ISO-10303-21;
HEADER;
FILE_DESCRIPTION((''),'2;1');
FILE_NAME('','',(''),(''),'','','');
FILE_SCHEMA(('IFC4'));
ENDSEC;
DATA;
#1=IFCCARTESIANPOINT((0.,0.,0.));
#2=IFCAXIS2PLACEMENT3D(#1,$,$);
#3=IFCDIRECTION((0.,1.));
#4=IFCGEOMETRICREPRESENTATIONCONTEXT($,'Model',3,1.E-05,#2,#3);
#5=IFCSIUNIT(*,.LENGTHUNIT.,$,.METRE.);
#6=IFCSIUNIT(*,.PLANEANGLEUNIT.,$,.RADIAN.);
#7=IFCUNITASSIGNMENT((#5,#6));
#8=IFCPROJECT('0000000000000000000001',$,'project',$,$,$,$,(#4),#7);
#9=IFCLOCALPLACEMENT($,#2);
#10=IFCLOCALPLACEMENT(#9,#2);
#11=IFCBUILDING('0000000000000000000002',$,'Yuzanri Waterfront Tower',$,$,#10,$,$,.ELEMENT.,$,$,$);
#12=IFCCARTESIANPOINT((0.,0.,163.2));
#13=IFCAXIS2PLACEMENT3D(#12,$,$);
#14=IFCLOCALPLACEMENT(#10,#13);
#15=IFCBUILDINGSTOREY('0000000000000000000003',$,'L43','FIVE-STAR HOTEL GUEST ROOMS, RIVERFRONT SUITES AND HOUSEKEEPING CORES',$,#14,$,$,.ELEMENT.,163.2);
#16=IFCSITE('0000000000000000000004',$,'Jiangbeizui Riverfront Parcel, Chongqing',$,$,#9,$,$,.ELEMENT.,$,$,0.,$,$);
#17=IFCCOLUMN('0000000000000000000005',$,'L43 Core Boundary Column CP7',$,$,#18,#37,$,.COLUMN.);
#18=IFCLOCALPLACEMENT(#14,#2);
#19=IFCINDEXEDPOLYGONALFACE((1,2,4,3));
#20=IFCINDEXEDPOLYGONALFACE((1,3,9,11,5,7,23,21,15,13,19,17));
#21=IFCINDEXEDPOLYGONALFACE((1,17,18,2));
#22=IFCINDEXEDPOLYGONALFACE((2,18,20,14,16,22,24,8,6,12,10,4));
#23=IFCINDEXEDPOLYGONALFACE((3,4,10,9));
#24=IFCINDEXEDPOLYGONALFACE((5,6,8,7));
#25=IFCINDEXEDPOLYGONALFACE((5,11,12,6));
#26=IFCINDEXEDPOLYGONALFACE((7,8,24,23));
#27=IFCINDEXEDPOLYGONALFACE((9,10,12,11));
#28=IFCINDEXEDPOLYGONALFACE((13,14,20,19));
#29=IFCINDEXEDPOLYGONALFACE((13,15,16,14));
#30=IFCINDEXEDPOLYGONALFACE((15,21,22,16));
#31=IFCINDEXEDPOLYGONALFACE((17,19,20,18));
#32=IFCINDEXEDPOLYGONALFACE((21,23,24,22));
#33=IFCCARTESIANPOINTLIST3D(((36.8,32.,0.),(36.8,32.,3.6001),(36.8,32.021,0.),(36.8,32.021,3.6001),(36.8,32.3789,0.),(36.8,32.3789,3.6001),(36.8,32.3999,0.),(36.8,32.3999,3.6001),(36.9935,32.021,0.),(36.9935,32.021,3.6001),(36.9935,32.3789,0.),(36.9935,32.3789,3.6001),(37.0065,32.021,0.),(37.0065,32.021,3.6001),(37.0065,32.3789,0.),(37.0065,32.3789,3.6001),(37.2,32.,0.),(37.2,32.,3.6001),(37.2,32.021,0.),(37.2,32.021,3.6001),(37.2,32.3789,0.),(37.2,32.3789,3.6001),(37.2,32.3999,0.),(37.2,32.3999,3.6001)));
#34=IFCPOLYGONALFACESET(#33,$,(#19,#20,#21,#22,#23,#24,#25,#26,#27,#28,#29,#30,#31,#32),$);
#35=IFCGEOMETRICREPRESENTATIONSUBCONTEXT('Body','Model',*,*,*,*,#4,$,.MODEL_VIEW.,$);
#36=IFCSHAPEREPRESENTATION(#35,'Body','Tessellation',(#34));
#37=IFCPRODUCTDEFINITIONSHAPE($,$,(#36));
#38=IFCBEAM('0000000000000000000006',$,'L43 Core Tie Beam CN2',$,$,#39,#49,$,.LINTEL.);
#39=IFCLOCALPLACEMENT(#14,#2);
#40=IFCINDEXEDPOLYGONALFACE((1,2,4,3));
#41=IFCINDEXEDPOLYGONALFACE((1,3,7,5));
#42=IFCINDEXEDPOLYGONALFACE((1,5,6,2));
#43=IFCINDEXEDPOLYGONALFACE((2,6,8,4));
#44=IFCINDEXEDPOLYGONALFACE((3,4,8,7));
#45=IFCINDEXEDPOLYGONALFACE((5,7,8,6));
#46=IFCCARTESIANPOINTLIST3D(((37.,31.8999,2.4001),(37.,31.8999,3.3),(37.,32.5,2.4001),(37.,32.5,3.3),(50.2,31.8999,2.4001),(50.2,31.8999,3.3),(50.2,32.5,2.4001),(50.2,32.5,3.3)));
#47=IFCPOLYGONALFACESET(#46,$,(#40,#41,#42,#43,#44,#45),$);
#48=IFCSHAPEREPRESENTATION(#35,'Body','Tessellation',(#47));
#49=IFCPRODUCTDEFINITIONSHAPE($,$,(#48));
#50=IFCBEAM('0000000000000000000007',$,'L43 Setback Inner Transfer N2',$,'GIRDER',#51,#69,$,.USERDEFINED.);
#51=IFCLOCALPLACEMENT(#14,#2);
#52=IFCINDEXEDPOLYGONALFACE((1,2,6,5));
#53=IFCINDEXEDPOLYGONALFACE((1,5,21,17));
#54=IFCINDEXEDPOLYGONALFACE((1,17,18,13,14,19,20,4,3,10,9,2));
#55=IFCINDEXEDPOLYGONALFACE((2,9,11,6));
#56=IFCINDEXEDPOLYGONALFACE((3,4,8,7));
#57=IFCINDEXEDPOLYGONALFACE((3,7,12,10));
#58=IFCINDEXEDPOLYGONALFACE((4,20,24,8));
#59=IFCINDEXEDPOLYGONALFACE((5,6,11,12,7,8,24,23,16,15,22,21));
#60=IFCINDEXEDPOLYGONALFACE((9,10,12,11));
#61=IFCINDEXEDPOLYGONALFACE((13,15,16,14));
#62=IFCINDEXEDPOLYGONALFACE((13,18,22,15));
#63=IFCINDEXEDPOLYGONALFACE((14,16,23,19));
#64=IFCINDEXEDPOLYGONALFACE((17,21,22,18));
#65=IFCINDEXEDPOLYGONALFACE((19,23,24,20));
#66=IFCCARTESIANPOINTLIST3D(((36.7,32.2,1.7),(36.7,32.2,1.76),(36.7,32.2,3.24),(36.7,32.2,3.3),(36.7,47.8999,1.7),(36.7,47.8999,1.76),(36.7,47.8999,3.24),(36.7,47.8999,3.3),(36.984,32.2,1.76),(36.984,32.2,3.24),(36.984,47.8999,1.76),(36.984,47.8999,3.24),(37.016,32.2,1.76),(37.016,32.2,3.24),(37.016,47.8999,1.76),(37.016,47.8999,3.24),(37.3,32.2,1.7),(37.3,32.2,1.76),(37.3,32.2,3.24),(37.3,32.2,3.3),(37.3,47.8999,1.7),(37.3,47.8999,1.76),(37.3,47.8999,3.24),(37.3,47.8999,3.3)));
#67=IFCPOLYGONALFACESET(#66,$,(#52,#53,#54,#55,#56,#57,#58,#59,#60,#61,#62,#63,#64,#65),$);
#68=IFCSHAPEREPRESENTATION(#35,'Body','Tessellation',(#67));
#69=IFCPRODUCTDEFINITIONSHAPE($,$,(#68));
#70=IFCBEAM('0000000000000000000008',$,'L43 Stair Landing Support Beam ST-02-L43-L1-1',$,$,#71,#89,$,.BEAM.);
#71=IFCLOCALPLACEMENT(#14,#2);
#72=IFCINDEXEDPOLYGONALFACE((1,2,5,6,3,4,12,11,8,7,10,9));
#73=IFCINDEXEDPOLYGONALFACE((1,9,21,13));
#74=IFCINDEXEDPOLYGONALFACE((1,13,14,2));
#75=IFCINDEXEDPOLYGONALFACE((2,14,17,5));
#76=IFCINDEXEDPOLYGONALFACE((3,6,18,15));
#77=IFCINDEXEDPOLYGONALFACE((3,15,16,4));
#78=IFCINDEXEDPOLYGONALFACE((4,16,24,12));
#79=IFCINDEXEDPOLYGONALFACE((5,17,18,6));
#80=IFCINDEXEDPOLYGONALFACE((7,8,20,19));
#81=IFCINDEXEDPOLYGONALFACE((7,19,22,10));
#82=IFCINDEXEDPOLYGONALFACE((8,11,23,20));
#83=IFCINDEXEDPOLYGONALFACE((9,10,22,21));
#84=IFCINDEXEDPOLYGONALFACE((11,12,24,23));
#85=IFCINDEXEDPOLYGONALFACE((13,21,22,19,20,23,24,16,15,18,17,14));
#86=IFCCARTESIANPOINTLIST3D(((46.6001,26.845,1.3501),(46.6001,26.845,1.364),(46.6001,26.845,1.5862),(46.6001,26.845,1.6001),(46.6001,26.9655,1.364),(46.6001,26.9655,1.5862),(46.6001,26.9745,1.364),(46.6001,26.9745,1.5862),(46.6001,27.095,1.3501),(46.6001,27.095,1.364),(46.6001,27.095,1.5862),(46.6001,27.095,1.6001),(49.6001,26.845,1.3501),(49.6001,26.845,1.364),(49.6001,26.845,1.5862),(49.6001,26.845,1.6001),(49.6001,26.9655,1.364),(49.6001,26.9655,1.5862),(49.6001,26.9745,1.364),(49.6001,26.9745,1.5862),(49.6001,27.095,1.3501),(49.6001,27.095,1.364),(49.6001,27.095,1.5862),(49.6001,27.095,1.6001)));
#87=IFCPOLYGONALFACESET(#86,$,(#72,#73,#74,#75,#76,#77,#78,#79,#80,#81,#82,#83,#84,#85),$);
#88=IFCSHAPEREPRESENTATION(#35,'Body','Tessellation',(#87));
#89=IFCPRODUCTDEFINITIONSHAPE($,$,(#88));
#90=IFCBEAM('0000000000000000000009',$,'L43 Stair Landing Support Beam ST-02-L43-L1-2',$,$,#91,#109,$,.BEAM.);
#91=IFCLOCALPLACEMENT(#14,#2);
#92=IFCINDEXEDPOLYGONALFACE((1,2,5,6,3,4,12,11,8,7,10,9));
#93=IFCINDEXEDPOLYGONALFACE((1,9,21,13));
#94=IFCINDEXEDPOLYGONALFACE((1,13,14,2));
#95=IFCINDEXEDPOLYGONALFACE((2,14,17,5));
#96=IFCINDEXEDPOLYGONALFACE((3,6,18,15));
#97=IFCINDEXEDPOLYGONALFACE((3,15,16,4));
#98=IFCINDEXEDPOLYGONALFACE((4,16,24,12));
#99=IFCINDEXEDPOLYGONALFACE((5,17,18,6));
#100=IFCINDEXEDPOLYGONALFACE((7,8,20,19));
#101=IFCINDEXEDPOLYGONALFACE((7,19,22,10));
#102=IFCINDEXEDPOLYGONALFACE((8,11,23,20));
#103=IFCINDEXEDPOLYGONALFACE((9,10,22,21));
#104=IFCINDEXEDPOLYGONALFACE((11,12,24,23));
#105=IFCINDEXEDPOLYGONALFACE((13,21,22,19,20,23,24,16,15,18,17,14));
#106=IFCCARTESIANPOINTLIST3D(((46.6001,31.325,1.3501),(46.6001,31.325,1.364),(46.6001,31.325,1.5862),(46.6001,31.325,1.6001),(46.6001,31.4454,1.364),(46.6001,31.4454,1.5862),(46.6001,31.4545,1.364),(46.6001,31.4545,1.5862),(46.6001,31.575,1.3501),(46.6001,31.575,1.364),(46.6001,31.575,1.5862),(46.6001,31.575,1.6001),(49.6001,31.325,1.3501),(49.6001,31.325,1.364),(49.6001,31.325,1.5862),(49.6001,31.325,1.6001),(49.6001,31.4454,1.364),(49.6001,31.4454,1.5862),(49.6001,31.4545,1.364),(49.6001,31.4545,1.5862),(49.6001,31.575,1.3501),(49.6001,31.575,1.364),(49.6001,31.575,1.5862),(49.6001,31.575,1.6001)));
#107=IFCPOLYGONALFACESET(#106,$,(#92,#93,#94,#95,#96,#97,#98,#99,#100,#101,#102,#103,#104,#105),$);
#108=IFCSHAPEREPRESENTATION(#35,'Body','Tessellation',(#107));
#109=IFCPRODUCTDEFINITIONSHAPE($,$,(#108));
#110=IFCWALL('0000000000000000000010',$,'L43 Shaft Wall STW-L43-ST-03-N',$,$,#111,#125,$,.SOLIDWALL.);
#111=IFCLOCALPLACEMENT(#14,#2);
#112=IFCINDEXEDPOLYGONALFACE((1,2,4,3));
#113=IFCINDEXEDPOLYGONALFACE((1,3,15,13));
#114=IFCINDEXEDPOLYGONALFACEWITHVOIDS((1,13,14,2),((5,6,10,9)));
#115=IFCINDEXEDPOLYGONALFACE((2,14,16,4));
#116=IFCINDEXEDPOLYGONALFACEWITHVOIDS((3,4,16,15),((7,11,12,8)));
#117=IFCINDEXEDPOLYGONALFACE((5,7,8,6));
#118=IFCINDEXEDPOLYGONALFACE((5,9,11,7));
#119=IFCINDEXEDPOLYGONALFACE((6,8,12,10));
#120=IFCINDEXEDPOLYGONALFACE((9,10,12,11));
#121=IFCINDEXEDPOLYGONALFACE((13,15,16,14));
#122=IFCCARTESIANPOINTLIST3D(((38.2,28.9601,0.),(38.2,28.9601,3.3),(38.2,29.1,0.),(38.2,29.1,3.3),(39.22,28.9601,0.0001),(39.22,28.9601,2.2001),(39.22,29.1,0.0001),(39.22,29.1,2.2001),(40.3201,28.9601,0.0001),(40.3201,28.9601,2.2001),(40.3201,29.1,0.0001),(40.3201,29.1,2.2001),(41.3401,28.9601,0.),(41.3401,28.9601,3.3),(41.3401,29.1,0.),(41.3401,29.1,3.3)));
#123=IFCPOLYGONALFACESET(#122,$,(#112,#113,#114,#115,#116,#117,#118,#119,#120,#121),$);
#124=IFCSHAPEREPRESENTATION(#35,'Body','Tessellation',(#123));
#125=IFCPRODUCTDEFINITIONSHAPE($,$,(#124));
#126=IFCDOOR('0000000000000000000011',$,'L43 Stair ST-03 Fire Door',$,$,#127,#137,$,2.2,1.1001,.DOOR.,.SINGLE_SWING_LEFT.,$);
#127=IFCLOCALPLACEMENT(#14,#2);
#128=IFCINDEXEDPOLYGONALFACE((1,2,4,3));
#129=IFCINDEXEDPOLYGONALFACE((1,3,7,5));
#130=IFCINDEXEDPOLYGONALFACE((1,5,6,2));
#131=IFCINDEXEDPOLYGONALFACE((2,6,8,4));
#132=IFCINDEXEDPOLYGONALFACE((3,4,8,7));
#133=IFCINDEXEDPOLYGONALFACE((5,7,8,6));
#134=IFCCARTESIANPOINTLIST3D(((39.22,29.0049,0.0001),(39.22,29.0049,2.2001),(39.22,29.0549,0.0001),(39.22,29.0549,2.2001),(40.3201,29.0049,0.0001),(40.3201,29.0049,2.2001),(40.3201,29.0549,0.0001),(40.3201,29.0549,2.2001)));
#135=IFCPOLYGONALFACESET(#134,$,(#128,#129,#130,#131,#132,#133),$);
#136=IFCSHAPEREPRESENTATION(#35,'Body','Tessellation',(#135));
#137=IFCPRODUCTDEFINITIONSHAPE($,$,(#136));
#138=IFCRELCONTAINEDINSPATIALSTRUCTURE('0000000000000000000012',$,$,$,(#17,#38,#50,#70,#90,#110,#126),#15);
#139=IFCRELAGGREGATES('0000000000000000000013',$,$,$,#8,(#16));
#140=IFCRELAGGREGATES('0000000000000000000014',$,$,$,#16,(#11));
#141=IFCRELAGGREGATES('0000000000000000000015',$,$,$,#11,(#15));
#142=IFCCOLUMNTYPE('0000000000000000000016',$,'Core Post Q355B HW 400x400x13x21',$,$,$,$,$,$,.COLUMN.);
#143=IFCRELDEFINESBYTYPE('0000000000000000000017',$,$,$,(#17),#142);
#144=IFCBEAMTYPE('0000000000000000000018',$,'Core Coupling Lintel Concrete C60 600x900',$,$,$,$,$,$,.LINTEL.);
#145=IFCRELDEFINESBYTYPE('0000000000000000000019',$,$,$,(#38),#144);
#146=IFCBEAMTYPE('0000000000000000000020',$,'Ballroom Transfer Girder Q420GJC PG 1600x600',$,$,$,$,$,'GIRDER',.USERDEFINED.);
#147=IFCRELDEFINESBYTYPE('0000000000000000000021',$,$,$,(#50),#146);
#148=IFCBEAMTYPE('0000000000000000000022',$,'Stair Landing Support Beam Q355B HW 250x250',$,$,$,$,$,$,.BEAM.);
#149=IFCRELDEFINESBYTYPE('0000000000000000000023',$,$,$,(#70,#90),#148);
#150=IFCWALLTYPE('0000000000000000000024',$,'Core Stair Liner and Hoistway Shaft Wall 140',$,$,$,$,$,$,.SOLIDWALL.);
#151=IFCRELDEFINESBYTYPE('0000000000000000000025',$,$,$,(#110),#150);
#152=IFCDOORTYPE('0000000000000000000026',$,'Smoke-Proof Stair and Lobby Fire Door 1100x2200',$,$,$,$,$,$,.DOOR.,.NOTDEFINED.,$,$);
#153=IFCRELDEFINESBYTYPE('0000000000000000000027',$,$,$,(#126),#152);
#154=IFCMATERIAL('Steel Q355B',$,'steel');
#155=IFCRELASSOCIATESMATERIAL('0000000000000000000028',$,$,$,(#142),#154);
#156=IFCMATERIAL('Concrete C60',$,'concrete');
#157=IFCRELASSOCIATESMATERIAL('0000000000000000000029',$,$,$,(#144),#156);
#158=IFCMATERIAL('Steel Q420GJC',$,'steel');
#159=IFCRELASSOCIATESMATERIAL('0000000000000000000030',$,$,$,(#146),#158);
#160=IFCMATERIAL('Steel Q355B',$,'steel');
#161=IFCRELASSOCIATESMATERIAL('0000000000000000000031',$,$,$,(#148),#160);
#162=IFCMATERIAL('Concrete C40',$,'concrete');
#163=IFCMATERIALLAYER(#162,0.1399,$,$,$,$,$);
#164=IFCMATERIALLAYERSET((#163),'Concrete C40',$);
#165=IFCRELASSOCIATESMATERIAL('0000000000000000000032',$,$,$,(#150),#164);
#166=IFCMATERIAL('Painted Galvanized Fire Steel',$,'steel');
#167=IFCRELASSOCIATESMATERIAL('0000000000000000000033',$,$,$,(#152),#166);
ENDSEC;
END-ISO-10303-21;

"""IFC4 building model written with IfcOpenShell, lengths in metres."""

from ifc_helpers import new_model, si_unit, direction, frame, frame_2d, origin, origin_2d, place, context, subcontext, project, spatial, rectangle, i_section, extrude, source, transform, mapped, material, layer, layer_set, material_profile, profile_set, type_object, element, fill, save


model = new_model("IFC4")

# Units and contexts
model_context = context("Model", 3, precision=1e-05, world=origin(), true_north=direction((0.0, 1.0)))
body_context = subcontext(model_context, "Body", "Model", "MODEL_VIEW")
ifc_project = project(units=[si_unit("LENGTHUNIT", "METRE"), si_unit("PLANEANGLEUNIT", "RADIAN")], contexts=[model_context])

# Site, building, storey
site_placement = place(None, origin())
site = spatial("IfcSite", under=ifc_project, at=site_placement, Name="Jiangbeizui Riverfront Parcel, Chongqing", CompositionType="ELEMENT", RefElevation=0.0)
building_placement = place(site_placement, origin())
building = spatial("IfcBuilding", under=site, at=building_placement, Name="Yuzanri Waterfront Tower", CompositionType="ELEMENT")
storey_placement = place(building_placement, frame((0.0, 0.0, 163.2)))
storey = spatial("IfcBuildingStorey", under=building, at=storey_placement, Name="L43", Description="FIVE-STAR HOTEL GUEST ROOMS, RIVERFRONT SUITES AND HOUSEKEEPING CORES", CompositionType="ELEMENT", Elevation=163.2)

# Column
ifc_material_1 = material(Name="Steel Q355B", Category="steel")
ifc_material_profile_1 = material_profile(ifc_material_1, i_section(OverallWidth=0.3999, OverallDepth=0.3999, WebThickness=0.0129, FlangeThickness=0.021, at=origin_2d()), Name="HW 400x400x13x21")
ifc_profile_set_1 = profile_set([ifc_material_profile_1], Name="Steel Q355B")
column_type = type_object("IfcColumnType", Name="Core Post Q355B HW 400x400x13x21", PredefinedType="COLUMN", material=ifc_profile_set_1)
shared_shape_1 = source(origin(), body_context, "Body", "SweptSolid", [
    extrude(i_section(OverallWidth=0.3999, OverallDepth=0.3999, WebThickness=0.0129, FlangeThickness=0.021, at=origin_2d()), origin(), (0.0, 0.0, 1.0), 3.6001),
])
column_placement = place(storey_placement, frame((37.0, 32.2, 0.0), z_axis=(0.0, 0.0, 1.0), x_axis=(1.0, 0.0, 0.0)))
element("IfcColumn", 1, at=column_placement, inside=storey, type_object=column_type, Name="L43 Core Boundary Column CP7", PredefinedType="COLUMN", context=body_context, shape_type="MappedRepresentation", body=[
    mapped(shared_shape_1, transform((0.0, 0.0, 0.0), scale=1.0)),
])

# Beams
ifc_material_2 = material(Name="Concrete C60", Category="concrete")
ifc_material_profile_2 = material_profile(ifc_material_2, rectangle(XDim=0.6001, YDim=0.8999, at=origin_2d()), Name="RC 600x900")
ifc_profile_set_2 = profile_set([ifc_material_profile_2], Name="Concrete C60")
beam_type_1 = type_object("IfcBeamType", Name="Core Coupling Lintel Concrete C60 600x900", PredefinedType="LINTEL", material=ifc_profile_set_2)
shared_shape_2 = source(origin(), body_context, "Body", "SweptSolid", [
    extrude(rectangle(XDim=0.6001, YDim=0.8999, at=origin_2d()), origin(), (0.0, 0.0, 1.0), 13.2),
])
beam_1_placement = place(storey_placement, frame((37.0, 32.2, 2.8501), z_axis=(1.0, 0.0, 0.0), x_axis=(0.0, 1.0, 0.0)))
element("IfcBeam", 2, at=beam_1_placement, inside=storey, type_object=beam_type_1, Name="L43 Core Tie Beam CN2", PredefinedType="LINTEL", context=body_context, shape_type="MappedRepresentation", body=[
    mapped(shared_shape_2, transform((0.0, 0.0, 0.0), scale=1.0)),
])
ifc_material_3 = material(Name="Steel Q420GJC", Category="steel")
ifc_material_profile_3 = material_profile(ifc_material_3, i_section(OverallWidth=0.6001, OverallDepth=1.6001, WebThickness=0.032, FlangeThickness=0.0601, at=origin_2d()), Name="PG 1600x600x32x60")
ifc_profile_set_3 = profile_set([ifc_material_profile_3], Name="Steel Q420GJC")
beam_type_2 = type_object("IfcBeamType", Name="Ballroom Transfer Girder Q420GJC PG 1600x600", ElementType="GIRDER", PredefinedType="USERDEFINED", material=ifc_profile_set_3)
shared_shape_3 = source(origin(), body_context, "Body", "SweptSolid", [
    extrude(i_section(OverallWidth=0.6001, OverallDepth=1.6001, WebThickness=0.032, FlangeThickness=0.0601, at=origin_2d()), origin(), (0.0, 0.0, 1.0), 15.7),
])
beam_2_placement = place(storey_placement, frame((37.0, 32.2, 2.5), z_axis=(0.0, 1.0, 0.0), x_axis=(-1.0, 0.0, 0.0)))
element("IfcBeam", 3, at=beam_2_placement, inside=storey, type_object=beam_type_2, Name="L43 Setback Inner Transfer N2", ObjectType="GIRDER", PredefinedType="USERDEFINED", context=body_context, shape_type="MappedRepresentation", body=[
    mapped(shared_shape_3, transform((0.0, 0.0, 0.0), scale=1.0)),
])
ifc_material_4 = material(Name="Steel Q355B", Category="steel")
ifc_material_profile_4 = material_profile(ifc_material_4, i_section(OverallWidth=0.25, OverallDepth=0.25, WebThickness=0.009, FlangeThickness=0.0139, at=origin_2d()), Name="HW 250x250x9x14")
ifc_profile_set_4 = profile_set([ifc_material_profile_4], Name="Steel Q355B")
beam_type_3 = type_object("IfcBeamType", Name="Stair Landing Support Beam Q355B HW 250x250", PredefinedType="BEAM", material=ifc_profile_set_4)
shared_shape_4 = source(origin(), body_context, "Body", "SweptSolid", [
    extrude(i_section(OverallWidth=0.25, OverallDepth=0.25, WebThickness=0.009, FlangeThickness=0.0139, at=origin_2d()), origin(), (0.0, 0.0, 1.0), 3.0),
])
for number, where, z_axis, x_axis, name in (
    (4, (46.6001, 26.97, 1.4751), (1.0, 0.0, 0.0), (0.0, 1.0, 0.0), "L43 Stair Landing Support Beam ST-02-L43-L1-1"),
    (5, (46.6001, 31.45, 1.4751), (1.0, 0.0, 0.0), (0.0, 1.0, 0.0), "L43 Stair Landing Support Beam ST-02-L43-L1-2"),
):
    element("IfcBeam", number, at=place(storey_placement, frame(where, z_axis=z_axis, x_axis=x_axis)), inside=storey, type_object=beam_type_3, Name=name, PredefinedType="BEAM", context=body_context, shape_type="MappedRepresentation", body=[
        mapped(shared_shape_4, transform((0.0, 0.0, 0.0), scale=1.0)),
    ])

# Wall, opening, door
ifc_material_5 = material(Name="Concrete C40", Category="concrete")
ifc_layer_1 = layer(ifc_material_5, 0.1399)
ifc_layer_set_1 = layer_set([ifc_layer_1], Name="Concrete C40")
wall_type_1 = type_object("IfcWallType", Name="Core Stair Liner and Hoistway Shaft Wall 140", PredefinedType="SOLIDWALL", material=ifc_layer_set_1)
wall_1_placement = place(storey_placement, frame((38.2, 29.03, 0.0), z_axis=(0.0, 0.0, 1.0), x_axis=(1.0, 0.0, 0.0)))
wall_1 = element("IfcWall", 6, at=wall_1_placement, inside=storey, type_object=wall_type_1, Name="L43 Shaft Wall STW-L43-ST-03-N", PredefinedType="SOLIDWALL", context=body_context, shape_type="SweptSolid", body=[
    extrude(rectangle(XDim=3.1401, YDim=0.1399, at=frame_2d((1.5701, 0.0))), origin(), (0.0, 0.0, 1.0), 3.3),
])
opening_1_placement = place(wall_1_placement, frame((1.02, 0.0, 0.0)))
opening_1 = element("IfcOpeningElement", 7, at=opening_1_placement, cuts=wall_1, PredefinedType="OPENING", context=body_context, shape_type="SweptSolid", body=[
    extrude(rectangle(XDim=1.1001, YDim=2.2, at=frame_2d((0.55, 1.1001))), frame((0.0, 0.085, 0.0), z_axis=(0.0, -1.0, 0.0), x_axis=(1.0, 0.0, 0.0)), (0.0, 0.0, 1.0), 0.1697),
])
ifc_material_6 = material(Name="Painted Galvanized Fire Steel", Category="steel")
door_type_1 = type_object("IfcDoorType", Name="Smoke-Proof Stair and Lobby Fire Door 1100x2200", OperationType="NOTDEFINED", PredefinedType="DOOR", material=ifc_material_6)
shared_shape_5 = source(origin(), body_context, "Body", "SweptSolid", [
    extrude(rectangle(XDim=1.1001, YDim=2.2, at=frame_2d((0.55, 1.1001))), frame((0.0, 0.0249, 0.0), z_axis=(0.0, -1.0, 0.0), x_axis=(1.0, 0.0, 0.0)), (0.0, 0.0, 1.0), 0.05),
])
door_1_placement = place(opening_1_placement, origin())
door_1 = element("IfcDoor", 8, at=door_1_placement, inside=storey, type_object=door_type_1, Name="L43 Stair ST-03 Fire Door", OperationType="SINGLE_SWING_LEFT", OverallHeight=2.2, OverallWidth=1.1001, PredefinedType="DOOR", context=body_context, shape_type="MappedRepresentation", body=[
    mapped(shared_shape_5, transform((0.0, 0.0, 0.0), scale=1.0)),
])
fill(opening_1, door_1)

save(model, "model.ifc")
